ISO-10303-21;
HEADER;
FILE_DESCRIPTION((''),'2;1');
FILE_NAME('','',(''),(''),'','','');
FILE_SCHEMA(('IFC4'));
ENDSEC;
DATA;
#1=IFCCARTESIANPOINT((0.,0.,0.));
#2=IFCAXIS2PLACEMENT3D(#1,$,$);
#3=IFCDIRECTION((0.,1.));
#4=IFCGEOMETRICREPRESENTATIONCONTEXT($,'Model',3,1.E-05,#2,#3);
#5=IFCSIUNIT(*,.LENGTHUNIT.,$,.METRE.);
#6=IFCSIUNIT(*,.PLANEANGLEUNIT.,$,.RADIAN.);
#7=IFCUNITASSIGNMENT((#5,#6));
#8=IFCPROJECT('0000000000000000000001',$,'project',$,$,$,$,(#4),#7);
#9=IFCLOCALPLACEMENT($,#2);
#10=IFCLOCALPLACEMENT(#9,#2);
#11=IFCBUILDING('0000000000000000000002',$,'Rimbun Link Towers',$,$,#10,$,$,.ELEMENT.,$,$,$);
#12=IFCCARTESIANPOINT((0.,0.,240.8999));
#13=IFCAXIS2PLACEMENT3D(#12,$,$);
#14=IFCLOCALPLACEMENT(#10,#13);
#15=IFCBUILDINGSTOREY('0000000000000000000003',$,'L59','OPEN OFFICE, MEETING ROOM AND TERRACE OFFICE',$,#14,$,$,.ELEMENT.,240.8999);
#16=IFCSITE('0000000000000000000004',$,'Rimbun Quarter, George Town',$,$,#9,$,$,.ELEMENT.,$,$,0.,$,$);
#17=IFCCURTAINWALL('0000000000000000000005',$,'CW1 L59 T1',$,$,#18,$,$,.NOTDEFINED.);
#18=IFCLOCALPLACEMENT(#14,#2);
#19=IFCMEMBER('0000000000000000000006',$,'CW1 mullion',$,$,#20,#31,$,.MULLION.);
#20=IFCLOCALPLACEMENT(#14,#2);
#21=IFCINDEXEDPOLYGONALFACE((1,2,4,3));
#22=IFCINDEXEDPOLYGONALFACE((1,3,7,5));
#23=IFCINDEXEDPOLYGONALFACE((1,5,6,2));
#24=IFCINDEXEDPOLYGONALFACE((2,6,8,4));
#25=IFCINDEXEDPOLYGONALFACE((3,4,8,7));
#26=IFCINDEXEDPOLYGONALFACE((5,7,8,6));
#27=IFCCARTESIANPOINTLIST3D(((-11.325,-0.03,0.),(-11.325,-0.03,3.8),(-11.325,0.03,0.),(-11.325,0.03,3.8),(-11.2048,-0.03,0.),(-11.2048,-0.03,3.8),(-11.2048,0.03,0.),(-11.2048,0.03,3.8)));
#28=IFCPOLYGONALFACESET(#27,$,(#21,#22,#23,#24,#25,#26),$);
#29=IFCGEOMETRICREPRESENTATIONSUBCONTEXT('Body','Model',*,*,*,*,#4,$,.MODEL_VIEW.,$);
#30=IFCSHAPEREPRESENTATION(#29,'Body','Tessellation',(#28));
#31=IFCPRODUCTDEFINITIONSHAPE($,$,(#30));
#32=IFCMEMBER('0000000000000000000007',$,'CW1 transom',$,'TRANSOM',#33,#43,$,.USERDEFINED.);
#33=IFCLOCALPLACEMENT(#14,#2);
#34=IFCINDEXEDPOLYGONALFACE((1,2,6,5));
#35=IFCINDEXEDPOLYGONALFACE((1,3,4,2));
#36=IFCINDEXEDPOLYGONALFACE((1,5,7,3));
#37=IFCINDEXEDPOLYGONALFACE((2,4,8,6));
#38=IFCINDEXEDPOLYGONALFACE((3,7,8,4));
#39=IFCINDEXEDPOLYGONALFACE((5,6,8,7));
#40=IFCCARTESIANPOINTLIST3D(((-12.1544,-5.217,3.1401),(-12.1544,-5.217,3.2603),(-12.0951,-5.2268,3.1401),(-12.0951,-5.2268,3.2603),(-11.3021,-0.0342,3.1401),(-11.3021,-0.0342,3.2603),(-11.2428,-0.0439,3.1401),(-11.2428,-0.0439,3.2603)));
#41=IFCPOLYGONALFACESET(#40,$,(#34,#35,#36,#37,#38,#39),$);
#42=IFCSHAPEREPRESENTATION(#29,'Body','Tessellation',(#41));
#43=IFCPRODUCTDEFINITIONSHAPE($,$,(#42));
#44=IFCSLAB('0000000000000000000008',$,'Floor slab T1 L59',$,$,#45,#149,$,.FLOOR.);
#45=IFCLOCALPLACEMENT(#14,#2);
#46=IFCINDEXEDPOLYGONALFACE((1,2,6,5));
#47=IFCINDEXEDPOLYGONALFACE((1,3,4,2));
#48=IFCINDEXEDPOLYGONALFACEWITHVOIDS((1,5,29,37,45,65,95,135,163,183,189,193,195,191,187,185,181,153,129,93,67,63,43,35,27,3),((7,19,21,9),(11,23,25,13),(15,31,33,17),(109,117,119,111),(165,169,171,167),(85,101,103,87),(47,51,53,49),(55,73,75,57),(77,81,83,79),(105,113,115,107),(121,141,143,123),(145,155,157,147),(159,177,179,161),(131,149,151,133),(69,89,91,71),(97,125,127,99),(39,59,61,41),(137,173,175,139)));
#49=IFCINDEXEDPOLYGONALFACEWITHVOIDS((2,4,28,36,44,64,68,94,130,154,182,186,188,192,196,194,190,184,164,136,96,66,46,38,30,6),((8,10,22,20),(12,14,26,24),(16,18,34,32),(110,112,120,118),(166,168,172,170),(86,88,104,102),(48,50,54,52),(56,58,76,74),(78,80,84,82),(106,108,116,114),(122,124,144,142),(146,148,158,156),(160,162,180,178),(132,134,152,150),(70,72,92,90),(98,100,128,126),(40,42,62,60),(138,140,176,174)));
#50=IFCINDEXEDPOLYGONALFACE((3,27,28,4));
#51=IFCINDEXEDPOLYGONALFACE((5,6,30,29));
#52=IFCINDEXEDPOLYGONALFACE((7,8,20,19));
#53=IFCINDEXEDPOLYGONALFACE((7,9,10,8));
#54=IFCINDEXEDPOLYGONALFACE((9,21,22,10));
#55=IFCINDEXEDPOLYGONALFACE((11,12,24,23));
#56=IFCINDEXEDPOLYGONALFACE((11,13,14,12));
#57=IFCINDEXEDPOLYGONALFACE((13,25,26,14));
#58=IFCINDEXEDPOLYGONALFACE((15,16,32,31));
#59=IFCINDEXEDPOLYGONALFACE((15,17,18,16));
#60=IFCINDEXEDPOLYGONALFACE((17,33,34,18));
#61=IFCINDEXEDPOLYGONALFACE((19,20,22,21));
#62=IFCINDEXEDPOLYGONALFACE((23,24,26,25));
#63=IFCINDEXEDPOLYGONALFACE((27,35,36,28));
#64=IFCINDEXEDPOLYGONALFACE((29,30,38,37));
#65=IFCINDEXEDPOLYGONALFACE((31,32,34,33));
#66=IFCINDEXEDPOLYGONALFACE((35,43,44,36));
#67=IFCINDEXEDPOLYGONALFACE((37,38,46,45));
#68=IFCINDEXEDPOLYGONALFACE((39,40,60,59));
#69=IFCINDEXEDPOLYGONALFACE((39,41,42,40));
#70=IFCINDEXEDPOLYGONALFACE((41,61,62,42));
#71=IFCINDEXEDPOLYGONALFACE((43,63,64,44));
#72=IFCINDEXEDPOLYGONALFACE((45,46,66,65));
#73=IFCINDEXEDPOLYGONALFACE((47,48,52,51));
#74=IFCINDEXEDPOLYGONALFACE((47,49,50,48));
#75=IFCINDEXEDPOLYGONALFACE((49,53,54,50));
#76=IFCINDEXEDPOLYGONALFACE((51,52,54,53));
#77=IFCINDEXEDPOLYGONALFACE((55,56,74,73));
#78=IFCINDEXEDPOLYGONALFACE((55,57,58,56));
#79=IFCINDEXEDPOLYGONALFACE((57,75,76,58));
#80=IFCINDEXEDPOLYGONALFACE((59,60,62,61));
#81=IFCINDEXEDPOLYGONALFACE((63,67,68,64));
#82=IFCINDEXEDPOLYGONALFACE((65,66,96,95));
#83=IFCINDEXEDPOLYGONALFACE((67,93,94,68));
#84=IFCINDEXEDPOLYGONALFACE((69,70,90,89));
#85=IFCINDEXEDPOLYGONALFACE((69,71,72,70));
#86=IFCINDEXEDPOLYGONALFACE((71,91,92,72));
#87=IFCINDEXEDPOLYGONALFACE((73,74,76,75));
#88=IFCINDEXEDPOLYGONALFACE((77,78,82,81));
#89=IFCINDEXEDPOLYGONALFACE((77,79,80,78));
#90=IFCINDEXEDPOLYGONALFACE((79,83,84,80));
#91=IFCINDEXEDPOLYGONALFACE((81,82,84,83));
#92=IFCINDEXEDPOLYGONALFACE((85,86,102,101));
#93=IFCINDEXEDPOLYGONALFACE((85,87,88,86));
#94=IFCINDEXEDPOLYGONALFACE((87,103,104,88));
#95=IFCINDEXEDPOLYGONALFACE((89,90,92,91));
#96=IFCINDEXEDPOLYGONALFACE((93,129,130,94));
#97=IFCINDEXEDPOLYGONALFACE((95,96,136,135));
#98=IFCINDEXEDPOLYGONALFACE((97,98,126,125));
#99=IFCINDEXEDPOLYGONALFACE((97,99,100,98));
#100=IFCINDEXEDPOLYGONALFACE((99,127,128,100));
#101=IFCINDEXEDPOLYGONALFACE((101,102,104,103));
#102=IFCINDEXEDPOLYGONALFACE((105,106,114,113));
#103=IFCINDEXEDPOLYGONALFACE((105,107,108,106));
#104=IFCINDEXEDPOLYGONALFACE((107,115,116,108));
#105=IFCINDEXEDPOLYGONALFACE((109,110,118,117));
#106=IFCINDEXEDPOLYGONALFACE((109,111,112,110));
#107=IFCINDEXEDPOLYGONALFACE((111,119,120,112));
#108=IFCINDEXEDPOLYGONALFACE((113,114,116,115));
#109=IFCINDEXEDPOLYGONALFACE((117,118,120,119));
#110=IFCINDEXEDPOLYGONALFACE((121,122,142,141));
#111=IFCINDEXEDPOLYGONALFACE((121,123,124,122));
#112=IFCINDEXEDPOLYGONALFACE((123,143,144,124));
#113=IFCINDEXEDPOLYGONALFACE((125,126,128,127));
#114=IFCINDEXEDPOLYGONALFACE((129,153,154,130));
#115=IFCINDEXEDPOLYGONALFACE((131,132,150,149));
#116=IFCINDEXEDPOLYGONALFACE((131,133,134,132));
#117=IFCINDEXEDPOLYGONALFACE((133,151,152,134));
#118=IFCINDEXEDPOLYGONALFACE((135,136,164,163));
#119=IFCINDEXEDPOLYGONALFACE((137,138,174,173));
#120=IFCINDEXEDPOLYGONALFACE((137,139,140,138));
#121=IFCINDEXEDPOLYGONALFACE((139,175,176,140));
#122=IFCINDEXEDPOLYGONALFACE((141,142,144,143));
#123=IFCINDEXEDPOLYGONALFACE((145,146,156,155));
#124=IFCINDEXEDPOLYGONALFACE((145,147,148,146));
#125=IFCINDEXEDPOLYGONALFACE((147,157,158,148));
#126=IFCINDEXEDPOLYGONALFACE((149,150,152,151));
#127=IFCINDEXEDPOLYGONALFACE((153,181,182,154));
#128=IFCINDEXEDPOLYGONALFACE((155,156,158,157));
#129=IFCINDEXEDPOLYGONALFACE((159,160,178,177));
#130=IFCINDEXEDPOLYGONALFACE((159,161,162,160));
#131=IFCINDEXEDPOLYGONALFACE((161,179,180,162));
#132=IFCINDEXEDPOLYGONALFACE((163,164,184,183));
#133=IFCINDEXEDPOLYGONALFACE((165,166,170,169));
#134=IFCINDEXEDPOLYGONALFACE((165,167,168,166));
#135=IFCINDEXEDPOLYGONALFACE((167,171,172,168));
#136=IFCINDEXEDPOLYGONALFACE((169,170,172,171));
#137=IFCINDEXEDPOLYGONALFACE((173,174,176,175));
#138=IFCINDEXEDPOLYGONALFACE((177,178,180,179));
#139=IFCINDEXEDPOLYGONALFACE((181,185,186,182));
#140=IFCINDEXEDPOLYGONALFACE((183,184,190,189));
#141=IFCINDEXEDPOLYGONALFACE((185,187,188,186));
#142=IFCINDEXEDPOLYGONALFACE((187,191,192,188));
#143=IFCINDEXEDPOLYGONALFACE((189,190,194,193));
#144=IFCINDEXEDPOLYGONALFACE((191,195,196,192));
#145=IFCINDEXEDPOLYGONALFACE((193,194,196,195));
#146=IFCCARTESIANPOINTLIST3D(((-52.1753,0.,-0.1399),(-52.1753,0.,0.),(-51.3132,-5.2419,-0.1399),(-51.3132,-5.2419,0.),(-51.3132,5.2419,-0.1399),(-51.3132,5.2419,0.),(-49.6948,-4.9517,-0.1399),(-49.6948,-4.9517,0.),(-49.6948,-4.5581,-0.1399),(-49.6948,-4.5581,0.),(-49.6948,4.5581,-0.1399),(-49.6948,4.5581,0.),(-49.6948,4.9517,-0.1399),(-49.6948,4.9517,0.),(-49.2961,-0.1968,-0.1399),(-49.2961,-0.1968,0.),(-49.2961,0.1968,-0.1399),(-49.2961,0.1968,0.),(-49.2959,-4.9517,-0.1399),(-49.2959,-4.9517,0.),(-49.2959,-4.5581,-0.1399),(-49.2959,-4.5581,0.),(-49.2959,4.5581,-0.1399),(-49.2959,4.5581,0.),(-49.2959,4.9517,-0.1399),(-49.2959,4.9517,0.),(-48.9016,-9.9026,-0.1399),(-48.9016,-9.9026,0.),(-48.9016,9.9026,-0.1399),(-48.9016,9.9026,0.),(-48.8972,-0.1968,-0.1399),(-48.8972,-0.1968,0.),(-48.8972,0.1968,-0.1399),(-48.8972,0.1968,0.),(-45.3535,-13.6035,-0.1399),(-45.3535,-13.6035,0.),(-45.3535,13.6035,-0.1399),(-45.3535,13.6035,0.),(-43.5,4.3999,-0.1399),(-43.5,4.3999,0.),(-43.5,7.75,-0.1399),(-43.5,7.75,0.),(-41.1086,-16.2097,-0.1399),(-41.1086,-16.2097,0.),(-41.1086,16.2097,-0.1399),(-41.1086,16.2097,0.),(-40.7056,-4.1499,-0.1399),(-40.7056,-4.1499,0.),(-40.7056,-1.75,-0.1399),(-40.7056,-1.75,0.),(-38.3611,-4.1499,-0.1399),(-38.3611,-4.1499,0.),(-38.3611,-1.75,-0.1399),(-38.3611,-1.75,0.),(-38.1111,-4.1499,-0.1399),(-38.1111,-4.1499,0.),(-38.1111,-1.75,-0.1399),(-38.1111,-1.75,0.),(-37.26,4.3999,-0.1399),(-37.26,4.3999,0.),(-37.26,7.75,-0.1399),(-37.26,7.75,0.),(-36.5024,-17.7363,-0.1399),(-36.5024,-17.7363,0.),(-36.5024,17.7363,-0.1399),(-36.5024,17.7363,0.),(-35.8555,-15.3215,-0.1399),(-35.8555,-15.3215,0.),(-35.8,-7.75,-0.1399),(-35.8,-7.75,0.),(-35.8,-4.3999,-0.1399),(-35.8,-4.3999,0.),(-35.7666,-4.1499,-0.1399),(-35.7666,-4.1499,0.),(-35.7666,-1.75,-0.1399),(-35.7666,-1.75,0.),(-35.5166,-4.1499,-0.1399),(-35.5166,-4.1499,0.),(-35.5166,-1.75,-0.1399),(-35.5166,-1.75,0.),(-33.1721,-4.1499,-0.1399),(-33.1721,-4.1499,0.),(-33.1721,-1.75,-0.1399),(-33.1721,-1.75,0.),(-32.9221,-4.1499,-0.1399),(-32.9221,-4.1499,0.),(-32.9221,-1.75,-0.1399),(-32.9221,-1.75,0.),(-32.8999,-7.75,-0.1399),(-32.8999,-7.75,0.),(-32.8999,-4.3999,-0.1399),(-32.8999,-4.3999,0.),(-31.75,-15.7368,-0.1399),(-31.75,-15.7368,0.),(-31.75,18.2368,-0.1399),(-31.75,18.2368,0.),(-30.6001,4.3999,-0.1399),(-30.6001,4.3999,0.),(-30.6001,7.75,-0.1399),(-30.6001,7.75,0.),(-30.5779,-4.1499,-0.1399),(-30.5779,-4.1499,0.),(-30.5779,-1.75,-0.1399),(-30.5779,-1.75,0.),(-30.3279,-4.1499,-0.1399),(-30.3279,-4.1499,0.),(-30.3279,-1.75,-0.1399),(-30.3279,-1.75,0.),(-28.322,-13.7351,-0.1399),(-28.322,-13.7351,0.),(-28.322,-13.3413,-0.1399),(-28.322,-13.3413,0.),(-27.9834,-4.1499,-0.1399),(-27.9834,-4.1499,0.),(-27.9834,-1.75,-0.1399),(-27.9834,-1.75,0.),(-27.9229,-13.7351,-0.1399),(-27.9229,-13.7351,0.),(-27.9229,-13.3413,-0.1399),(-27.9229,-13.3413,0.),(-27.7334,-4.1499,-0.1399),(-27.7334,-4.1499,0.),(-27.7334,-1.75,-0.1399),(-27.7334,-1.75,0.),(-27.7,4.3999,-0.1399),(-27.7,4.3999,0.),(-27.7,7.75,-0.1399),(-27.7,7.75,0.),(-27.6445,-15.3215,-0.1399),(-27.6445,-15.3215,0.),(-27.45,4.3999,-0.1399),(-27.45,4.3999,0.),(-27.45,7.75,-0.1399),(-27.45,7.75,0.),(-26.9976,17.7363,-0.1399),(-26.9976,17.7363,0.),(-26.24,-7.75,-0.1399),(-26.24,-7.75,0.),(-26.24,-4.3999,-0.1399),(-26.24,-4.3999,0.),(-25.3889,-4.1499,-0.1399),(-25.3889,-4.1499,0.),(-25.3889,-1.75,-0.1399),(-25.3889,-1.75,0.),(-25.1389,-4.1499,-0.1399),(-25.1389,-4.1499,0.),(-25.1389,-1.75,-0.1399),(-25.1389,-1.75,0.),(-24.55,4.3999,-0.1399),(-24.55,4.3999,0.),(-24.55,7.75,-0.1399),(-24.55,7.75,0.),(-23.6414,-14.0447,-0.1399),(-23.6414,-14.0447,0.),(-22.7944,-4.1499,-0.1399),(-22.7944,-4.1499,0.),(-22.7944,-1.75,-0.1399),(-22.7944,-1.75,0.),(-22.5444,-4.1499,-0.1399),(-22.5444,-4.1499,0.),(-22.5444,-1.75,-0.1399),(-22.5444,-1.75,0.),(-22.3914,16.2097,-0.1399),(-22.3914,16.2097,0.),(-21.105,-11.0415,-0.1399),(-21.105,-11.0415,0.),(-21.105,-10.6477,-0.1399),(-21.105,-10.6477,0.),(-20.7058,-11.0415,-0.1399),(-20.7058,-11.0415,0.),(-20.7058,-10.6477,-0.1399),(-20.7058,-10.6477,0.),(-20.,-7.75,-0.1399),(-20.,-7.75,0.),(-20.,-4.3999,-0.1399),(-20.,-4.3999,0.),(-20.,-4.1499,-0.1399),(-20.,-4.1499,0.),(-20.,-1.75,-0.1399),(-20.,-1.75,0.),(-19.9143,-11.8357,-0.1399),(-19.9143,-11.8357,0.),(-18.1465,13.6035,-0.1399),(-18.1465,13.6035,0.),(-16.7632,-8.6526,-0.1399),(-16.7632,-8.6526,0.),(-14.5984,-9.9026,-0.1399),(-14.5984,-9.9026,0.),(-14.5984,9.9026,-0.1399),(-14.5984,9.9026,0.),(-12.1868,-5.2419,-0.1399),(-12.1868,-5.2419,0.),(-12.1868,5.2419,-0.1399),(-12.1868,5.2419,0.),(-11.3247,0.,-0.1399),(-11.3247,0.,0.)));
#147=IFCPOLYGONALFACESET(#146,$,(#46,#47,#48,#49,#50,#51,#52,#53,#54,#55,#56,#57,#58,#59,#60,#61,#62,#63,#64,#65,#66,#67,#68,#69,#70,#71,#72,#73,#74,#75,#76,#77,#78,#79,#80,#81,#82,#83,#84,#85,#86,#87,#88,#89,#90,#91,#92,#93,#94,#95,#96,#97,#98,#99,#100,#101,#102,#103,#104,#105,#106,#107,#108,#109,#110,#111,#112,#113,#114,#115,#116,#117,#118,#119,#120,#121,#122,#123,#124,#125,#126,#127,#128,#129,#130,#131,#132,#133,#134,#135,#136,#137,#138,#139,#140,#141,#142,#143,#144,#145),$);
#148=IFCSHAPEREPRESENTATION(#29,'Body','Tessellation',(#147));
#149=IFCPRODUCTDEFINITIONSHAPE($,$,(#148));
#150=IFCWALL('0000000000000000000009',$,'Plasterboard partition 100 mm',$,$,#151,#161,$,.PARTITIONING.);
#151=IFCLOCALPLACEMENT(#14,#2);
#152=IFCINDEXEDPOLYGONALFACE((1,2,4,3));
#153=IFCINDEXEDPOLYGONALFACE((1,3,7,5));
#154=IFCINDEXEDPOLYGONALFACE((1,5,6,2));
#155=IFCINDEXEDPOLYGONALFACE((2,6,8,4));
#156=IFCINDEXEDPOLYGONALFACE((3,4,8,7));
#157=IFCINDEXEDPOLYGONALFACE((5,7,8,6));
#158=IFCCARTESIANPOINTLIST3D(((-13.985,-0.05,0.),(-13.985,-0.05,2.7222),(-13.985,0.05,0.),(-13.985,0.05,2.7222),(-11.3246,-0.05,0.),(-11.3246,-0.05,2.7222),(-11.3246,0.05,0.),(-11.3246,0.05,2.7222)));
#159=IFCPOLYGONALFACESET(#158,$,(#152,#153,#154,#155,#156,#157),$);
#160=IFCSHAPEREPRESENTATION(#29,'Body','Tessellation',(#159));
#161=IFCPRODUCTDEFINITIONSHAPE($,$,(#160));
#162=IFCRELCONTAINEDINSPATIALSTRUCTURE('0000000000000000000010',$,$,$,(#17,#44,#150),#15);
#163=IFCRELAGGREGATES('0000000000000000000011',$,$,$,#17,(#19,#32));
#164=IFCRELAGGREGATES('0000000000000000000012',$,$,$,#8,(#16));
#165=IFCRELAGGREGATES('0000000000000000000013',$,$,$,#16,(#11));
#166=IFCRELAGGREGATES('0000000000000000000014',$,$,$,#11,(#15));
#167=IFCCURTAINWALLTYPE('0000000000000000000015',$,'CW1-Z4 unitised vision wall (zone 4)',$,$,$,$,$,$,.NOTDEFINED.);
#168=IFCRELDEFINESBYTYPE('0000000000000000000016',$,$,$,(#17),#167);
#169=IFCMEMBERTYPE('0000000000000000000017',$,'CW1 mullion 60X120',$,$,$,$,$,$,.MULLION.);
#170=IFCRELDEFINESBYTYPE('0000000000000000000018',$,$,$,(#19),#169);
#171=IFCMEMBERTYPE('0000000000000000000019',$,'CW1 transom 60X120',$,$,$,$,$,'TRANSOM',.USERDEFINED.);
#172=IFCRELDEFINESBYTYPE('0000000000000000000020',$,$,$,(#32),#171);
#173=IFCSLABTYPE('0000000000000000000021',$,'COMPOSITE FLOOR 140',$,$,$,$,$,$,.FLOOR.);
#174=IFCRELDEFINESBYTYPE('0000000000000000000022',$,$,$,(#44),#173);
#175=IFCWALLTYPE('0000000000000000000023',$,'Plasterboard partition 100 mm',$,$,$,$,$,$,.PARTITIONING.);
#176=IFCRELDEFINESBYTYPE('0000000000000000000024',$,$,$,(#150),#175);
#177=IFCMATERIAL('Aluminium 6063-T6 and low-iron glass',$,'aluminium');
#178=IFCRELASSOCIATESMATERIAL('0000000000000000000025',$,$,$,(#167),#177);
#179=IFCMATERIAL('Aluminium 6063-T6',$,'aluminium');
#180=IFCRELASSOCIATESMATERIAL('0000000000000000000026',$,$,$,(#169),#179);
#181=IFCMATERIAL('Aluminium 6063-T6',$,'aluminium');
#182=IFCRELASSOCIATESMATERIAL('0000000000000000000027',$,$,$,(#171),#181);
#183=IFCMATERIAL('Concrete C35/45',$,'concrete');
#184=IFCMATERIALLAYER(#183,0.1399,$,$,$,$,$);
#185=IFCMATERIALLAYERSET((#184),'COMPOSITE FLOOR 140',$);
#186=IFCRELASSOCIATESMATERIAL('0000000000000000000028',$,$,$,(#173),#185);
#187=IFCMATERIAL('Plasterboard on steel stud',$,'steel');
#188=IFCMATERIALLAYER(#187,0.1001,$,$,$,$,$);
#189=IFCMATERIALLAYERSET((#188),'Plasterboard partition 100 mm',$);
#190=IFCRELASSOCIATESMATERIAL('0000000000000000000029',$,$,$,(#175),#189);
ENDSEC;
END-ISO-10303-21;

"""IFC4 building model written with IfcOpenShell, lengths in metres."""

from ifc_helpers import new_model, si_unit, direction, frame, frame_2d, origin, origin_2d, place, context, subcontext, project, spatial, polyline, rectangle, outline, extrude, material, layer, layer_set, material_profile, profile_set, type_object, element, aggregate, save


model = new_model("IFC4")

# Units and contexts
model_context = context("Model", 3, precision=1e-05, world=origin(), true_north=direction((0.0, 1.0)))
body_context = subcontext(model_context, "Body", "Model", "MODEL_VIEW")
ifc_project = project(units=[si_unit("LENGTHUNIT", "METRE"), si_unit("PLANEANGLEUNIT", "RADIAN")], contexts=[model_context])

# Site, building, storey
site_placement = place(None, origin())
site = spatial("IfcSite", under=ifc_project, at=site_placement, Name="Rimbun Quarter, George Town", CompositionType="ELEMENT", RefElevation=0.0)
building_placement = place(site_placement, origin())
building = spatial("IfcBuilding", under=site, at=building_placement, Name="Rimbun Link Towers", CompositionType="ELEMENT")
storey_placement = place(building_placement, frame((0.0, 0.0, 240.8999)))
storey = spatial("IfcBuildingStorey", under=building, at=storey_placement, Name="L59", Description="OPEN OFFICE, MEETING ROOM AND TERRACE OFFICE", CompositionType="ELEMENT", Elevation=240.8999)

# Curtain wall, members
ifc_material_1 = material(Name="Aluminium 6063-T6 and low-iron glass", Category="aluminium")
curtain_wall_type = type_object("IfcCurtainWallType", Name="CW1-Z4 unitised vision wall (zone 4)", PredefinedType="NOTDEFINED", material=ifc_material_1)
curtain_wall_placement = place(storey_placement, origin())
curtain_wall = element("IfcCurtainWall", 1, at=curtain_wall_placement, inside=storey, type_object=curtain_wall_type, Name="CW1 L59 T1", PredefinedType="NOTDEFINED")
ifc_material_2 = material(Name="Aluminium 6063-T6", Category="aluminium")
ifc_material_profile_1 = material_profile(ifc_material_2, rectangle(XDim=0.1201, YDim=0.0601, at=origin_2d()), Name="MULLION 60X120")
ifc_profile_set_1 = profile_set([ifc_material_profile_1], Name="Aluminium 6063-T6")
member_type_1 = type_object("IfcMemberType", Name="CW1 mullion 60X120", PredefinedType="MULLION", material=ifc_profile_set_1)
member_1_placement = place(storey_placement, frame((-11.2649, 0.0, 0.0), z_axis=(0.0, 0.0, 1.0), x_axis=(1.0, 0.0, 0.0)))
member_1 = element("IfcMember", 2, at=member_1_placement, type_object=member_type_1, Name="CW1 mullion", PredefinedType="MULLION", context=body_context, shape_type="SweptSolid", body=[
    extrude(rectangle(XDim=0.1201, YDim=0.0601, at=origin_2d()), origin(), (0.0, 0.0, 1.0), 3.8),
])
ifc_material_3 = material(Name="Aluminium 6063-T6", Category="aluminium")
ifc_material_profile_2 = material_profile(ifc_material_3, rectangle(XDim=0.0601, YDim=0.1201, at=origin_2d()), Name="TRANSOM 60X120")
ifc_profile_set_2 = profile_set([ifc_material_profile_2], Name="Aluminium 6063-T6")
member_type_2 = type_object("IfcMemberType", Name="CW1 transom 60X120", ElementType="TRANSOM", PredefinedType="USERDEFINED", material=ifc_profile_set_2)
member_2_placement = place(storey_placement, frame((-11.2725, -0.0391, 3.2002), z_axis=(-0.162265, -0.986747, 0.0), x_axis=(0.986747, -0.162265, 0.0)))
member_2 = element("IfcMember", 3, at=member_2_placement, type_object=member_type_2, Name="CW1 transom", ObjectType="TRANSOM", PredefinedType="USERDEFINED", context=body_context, shape_type="SweptSolid", body=[
    extrude(rectangle(XDim=0.0601, YDim=0.1201, at=origin_2d()), origin(), (0.0, 0.0, 1.0), 5.2524),
])
aggregate(curtain_wall, [member_1, member_2])

# Slab
ifc_material_4 = material(Name="Concrete C35/45", Category="concrete")
ifc_layer_1 = layer(ifc_material_4, 0.1399)
ifc_layer_set_1 = layer_set([ifc_layer_1], Name="COMPOSITE FLOOR 140")
slab_type = type_object("IfcSlabType", Name="COMPOSITE FLOOR 140", PredefinedType="FLOOR", material=ifc_layer_set_1)
slab_placement = place(storey_placement, frame((0.0, 0.0, -0.1399)))
element("IfcSlab", 4, at=slab_placement, inside=storey, type_object=slab_type, Name="Floor slab T1 L59", PredefinedType="FLOOR", context=body_context, shape_type="SweptSolid", body=[
    extrude(outline(polyline([(-41.1086, -16.2097), (-45.3535, -13.6035), (-48.9016, -9.9026), (-51.3132, -5.2419), (-52.1753, 0.0), (-51.3132, 5.2419), (-48.9016, 9.9026), (-45.3535, 13.6035), (-41.1086, 16.2097), (-36.5024, 17.7363), (-31.75, 18.2368), (-26.9976, 17.7363), (-22.3914, 16.2097), (-18.1465, 13.6035), (-14.5984, 9.9026), (-12.1868, 5.2419), (-11.3247, 0.0), (-12.1868, -5.2419), (-14.5984, -9.9026), (-16.7632, -8.6526), (-19.9143, -11.8357), (-23.6414, -14.0447), (-27.6445, -15.3215), (-31.75, -15.7368), (-35.8555, -15.3215), (-36.5024, -17.7363), (-41.1086, -16.2097)]), holes=[polyline([(-32.8999, -7.75), (-32.8999, -4.3999), (-35.8, -4.3999), (-35.8, -7.75), (-32.8999, -7.75)]), polyline([(-49.2959, -4.9517), (-49.2959, -4.5581), (-49.6948, -4.5581), (-49.6948, -4.9517), (-49.2959, -4.9517)]), polyline([(-38.3611, -4.1499), (-38.3611, -1.75), (-40.7056, -1.75), (-40.7056, -4.1499), (-38.3611, -4.1499)]), polyline([(-35.7666, -4.1499), (-35.7666, -1.75), (-38.1111, -1.75), (-38.1111, -4.1499), (-35.7666, -4.1499)]), polyline([(-33.1721, -4.1499), (-33.1721, -1.75), (-35.5166, -1.75), (-35.5166, -4.1499), (-33.1721, -4.1499)]), polyline([(-30.5779, -4.1499), (-30.5779, -1.75), (-32.9221, -1.75), (-32.9221, -4.1499), (-30.5779, -4.1499)]), polyline([(-48.8972, -0.1968), (-48.8972, 0.1968), (-49.2961, 0.1968), (-49.2961, -0.1968), (-48.8972, -0.1968)]), polyline([(-49.6948, 4.5581), (-49.2959, 4.5581), (-49.2959, 4.9517), (-49.6948, 4.9517), (-49.6948, 4.5581)]), polyline([(-43.5, 4.3999), (-37.26, 4.3999), (-37.26, 7.75), (-43.5, 7.75), (-43.5, 4.3999)]), polyline([(-27.9229, -13.7351), (-27.9229, -13.3413), (-28.322, -13.3413), (-28.322, -13.7351), (-27.9229, -13.7351)]), polyline([(-20.7058, -11.0415), (-20.7058, -10.6477), (-21.105, -10.6477), (-21.105, -11.0415), (-20.7058, -11.0415)]), polyline([(-20.0, -7.75), (-20.0, -4.3999), (-26.24, -4.3999), (-26.24, -7.75), (-20.0, -7.75)]), polyline([(-27.9834, -4.1499), (-27.9834, -1.75), (-30.3279, -1.75), (-30.3279, -4.1499), (-27.9834, -4.1499)]), polyline([(-25.3889, -4.1499), (-25.3889, -1.75), (-27.7334, -1.75), (-27.7334, -4.1499), (-25.3889, -4.1499)]), polyline([(-22.7944, -4.1499), (-22.7944, -1.75), (-25.1389, -1.75), (-25.1389, -4.1499), (-22.7944, -4.1499)]), polyline([(-20.0, -4.1499), (-20.0, -1.75), (-22.5444, -1.75), (-22.5444, -4.1499), (-20.0, -4.1499)]), polyline([(-30.6001, 4.3999), (-27.7, 4.3999), (-27.7, 7.75), (-30.6001, 7.75), (-30.6001, 4.3999)]), polyline([(-27.45, 4.3999), (-24.55, 4.3999), (-24.55, 7.75), (-27.45, 7.75), (-27.45, 4.3999)])]), origin(), (0.0, 0.0, 1.0), 0.1399),
])

# Wall
ifc_material_5 = material(Name="Plasterboard on steel stud", Category="steel")
ifc_layer_2 = layer(ifc_material_5, 0.1001)
ifc_layer_set_2 = layer_set([ifc_layer_2], Name="Plasterboard partition 100 mm")
wall_type = type_object("IfcWallType", Name="Plasterboard partition 100 mm", PredefinedType="PARTITIONING", material=ifc_layer_set_2)
wall_placement = place(storey_placement, frame((-11.3247, 0.0, 0.0), z_axis=(0.0, 0.0, 1.0), x_axis=(-1.0, 0.0, 0.0)))
element("IfcWall", 5, at=wall_placement, inside=storey, type_object=wall_type, Name="Plasterboard partition 100 mm", PredefinedType="PARTITIONING", context=body_context, shape_type="SweptSolid", body=[
    extrude(rectangle(XDim=2.6604, YDim=0.1001, at=frame_2d((1.3301, 0.0))), origin(), (0.0, 0.0, 1.0), 2.7222),
])

save(model, "model.ifc")
